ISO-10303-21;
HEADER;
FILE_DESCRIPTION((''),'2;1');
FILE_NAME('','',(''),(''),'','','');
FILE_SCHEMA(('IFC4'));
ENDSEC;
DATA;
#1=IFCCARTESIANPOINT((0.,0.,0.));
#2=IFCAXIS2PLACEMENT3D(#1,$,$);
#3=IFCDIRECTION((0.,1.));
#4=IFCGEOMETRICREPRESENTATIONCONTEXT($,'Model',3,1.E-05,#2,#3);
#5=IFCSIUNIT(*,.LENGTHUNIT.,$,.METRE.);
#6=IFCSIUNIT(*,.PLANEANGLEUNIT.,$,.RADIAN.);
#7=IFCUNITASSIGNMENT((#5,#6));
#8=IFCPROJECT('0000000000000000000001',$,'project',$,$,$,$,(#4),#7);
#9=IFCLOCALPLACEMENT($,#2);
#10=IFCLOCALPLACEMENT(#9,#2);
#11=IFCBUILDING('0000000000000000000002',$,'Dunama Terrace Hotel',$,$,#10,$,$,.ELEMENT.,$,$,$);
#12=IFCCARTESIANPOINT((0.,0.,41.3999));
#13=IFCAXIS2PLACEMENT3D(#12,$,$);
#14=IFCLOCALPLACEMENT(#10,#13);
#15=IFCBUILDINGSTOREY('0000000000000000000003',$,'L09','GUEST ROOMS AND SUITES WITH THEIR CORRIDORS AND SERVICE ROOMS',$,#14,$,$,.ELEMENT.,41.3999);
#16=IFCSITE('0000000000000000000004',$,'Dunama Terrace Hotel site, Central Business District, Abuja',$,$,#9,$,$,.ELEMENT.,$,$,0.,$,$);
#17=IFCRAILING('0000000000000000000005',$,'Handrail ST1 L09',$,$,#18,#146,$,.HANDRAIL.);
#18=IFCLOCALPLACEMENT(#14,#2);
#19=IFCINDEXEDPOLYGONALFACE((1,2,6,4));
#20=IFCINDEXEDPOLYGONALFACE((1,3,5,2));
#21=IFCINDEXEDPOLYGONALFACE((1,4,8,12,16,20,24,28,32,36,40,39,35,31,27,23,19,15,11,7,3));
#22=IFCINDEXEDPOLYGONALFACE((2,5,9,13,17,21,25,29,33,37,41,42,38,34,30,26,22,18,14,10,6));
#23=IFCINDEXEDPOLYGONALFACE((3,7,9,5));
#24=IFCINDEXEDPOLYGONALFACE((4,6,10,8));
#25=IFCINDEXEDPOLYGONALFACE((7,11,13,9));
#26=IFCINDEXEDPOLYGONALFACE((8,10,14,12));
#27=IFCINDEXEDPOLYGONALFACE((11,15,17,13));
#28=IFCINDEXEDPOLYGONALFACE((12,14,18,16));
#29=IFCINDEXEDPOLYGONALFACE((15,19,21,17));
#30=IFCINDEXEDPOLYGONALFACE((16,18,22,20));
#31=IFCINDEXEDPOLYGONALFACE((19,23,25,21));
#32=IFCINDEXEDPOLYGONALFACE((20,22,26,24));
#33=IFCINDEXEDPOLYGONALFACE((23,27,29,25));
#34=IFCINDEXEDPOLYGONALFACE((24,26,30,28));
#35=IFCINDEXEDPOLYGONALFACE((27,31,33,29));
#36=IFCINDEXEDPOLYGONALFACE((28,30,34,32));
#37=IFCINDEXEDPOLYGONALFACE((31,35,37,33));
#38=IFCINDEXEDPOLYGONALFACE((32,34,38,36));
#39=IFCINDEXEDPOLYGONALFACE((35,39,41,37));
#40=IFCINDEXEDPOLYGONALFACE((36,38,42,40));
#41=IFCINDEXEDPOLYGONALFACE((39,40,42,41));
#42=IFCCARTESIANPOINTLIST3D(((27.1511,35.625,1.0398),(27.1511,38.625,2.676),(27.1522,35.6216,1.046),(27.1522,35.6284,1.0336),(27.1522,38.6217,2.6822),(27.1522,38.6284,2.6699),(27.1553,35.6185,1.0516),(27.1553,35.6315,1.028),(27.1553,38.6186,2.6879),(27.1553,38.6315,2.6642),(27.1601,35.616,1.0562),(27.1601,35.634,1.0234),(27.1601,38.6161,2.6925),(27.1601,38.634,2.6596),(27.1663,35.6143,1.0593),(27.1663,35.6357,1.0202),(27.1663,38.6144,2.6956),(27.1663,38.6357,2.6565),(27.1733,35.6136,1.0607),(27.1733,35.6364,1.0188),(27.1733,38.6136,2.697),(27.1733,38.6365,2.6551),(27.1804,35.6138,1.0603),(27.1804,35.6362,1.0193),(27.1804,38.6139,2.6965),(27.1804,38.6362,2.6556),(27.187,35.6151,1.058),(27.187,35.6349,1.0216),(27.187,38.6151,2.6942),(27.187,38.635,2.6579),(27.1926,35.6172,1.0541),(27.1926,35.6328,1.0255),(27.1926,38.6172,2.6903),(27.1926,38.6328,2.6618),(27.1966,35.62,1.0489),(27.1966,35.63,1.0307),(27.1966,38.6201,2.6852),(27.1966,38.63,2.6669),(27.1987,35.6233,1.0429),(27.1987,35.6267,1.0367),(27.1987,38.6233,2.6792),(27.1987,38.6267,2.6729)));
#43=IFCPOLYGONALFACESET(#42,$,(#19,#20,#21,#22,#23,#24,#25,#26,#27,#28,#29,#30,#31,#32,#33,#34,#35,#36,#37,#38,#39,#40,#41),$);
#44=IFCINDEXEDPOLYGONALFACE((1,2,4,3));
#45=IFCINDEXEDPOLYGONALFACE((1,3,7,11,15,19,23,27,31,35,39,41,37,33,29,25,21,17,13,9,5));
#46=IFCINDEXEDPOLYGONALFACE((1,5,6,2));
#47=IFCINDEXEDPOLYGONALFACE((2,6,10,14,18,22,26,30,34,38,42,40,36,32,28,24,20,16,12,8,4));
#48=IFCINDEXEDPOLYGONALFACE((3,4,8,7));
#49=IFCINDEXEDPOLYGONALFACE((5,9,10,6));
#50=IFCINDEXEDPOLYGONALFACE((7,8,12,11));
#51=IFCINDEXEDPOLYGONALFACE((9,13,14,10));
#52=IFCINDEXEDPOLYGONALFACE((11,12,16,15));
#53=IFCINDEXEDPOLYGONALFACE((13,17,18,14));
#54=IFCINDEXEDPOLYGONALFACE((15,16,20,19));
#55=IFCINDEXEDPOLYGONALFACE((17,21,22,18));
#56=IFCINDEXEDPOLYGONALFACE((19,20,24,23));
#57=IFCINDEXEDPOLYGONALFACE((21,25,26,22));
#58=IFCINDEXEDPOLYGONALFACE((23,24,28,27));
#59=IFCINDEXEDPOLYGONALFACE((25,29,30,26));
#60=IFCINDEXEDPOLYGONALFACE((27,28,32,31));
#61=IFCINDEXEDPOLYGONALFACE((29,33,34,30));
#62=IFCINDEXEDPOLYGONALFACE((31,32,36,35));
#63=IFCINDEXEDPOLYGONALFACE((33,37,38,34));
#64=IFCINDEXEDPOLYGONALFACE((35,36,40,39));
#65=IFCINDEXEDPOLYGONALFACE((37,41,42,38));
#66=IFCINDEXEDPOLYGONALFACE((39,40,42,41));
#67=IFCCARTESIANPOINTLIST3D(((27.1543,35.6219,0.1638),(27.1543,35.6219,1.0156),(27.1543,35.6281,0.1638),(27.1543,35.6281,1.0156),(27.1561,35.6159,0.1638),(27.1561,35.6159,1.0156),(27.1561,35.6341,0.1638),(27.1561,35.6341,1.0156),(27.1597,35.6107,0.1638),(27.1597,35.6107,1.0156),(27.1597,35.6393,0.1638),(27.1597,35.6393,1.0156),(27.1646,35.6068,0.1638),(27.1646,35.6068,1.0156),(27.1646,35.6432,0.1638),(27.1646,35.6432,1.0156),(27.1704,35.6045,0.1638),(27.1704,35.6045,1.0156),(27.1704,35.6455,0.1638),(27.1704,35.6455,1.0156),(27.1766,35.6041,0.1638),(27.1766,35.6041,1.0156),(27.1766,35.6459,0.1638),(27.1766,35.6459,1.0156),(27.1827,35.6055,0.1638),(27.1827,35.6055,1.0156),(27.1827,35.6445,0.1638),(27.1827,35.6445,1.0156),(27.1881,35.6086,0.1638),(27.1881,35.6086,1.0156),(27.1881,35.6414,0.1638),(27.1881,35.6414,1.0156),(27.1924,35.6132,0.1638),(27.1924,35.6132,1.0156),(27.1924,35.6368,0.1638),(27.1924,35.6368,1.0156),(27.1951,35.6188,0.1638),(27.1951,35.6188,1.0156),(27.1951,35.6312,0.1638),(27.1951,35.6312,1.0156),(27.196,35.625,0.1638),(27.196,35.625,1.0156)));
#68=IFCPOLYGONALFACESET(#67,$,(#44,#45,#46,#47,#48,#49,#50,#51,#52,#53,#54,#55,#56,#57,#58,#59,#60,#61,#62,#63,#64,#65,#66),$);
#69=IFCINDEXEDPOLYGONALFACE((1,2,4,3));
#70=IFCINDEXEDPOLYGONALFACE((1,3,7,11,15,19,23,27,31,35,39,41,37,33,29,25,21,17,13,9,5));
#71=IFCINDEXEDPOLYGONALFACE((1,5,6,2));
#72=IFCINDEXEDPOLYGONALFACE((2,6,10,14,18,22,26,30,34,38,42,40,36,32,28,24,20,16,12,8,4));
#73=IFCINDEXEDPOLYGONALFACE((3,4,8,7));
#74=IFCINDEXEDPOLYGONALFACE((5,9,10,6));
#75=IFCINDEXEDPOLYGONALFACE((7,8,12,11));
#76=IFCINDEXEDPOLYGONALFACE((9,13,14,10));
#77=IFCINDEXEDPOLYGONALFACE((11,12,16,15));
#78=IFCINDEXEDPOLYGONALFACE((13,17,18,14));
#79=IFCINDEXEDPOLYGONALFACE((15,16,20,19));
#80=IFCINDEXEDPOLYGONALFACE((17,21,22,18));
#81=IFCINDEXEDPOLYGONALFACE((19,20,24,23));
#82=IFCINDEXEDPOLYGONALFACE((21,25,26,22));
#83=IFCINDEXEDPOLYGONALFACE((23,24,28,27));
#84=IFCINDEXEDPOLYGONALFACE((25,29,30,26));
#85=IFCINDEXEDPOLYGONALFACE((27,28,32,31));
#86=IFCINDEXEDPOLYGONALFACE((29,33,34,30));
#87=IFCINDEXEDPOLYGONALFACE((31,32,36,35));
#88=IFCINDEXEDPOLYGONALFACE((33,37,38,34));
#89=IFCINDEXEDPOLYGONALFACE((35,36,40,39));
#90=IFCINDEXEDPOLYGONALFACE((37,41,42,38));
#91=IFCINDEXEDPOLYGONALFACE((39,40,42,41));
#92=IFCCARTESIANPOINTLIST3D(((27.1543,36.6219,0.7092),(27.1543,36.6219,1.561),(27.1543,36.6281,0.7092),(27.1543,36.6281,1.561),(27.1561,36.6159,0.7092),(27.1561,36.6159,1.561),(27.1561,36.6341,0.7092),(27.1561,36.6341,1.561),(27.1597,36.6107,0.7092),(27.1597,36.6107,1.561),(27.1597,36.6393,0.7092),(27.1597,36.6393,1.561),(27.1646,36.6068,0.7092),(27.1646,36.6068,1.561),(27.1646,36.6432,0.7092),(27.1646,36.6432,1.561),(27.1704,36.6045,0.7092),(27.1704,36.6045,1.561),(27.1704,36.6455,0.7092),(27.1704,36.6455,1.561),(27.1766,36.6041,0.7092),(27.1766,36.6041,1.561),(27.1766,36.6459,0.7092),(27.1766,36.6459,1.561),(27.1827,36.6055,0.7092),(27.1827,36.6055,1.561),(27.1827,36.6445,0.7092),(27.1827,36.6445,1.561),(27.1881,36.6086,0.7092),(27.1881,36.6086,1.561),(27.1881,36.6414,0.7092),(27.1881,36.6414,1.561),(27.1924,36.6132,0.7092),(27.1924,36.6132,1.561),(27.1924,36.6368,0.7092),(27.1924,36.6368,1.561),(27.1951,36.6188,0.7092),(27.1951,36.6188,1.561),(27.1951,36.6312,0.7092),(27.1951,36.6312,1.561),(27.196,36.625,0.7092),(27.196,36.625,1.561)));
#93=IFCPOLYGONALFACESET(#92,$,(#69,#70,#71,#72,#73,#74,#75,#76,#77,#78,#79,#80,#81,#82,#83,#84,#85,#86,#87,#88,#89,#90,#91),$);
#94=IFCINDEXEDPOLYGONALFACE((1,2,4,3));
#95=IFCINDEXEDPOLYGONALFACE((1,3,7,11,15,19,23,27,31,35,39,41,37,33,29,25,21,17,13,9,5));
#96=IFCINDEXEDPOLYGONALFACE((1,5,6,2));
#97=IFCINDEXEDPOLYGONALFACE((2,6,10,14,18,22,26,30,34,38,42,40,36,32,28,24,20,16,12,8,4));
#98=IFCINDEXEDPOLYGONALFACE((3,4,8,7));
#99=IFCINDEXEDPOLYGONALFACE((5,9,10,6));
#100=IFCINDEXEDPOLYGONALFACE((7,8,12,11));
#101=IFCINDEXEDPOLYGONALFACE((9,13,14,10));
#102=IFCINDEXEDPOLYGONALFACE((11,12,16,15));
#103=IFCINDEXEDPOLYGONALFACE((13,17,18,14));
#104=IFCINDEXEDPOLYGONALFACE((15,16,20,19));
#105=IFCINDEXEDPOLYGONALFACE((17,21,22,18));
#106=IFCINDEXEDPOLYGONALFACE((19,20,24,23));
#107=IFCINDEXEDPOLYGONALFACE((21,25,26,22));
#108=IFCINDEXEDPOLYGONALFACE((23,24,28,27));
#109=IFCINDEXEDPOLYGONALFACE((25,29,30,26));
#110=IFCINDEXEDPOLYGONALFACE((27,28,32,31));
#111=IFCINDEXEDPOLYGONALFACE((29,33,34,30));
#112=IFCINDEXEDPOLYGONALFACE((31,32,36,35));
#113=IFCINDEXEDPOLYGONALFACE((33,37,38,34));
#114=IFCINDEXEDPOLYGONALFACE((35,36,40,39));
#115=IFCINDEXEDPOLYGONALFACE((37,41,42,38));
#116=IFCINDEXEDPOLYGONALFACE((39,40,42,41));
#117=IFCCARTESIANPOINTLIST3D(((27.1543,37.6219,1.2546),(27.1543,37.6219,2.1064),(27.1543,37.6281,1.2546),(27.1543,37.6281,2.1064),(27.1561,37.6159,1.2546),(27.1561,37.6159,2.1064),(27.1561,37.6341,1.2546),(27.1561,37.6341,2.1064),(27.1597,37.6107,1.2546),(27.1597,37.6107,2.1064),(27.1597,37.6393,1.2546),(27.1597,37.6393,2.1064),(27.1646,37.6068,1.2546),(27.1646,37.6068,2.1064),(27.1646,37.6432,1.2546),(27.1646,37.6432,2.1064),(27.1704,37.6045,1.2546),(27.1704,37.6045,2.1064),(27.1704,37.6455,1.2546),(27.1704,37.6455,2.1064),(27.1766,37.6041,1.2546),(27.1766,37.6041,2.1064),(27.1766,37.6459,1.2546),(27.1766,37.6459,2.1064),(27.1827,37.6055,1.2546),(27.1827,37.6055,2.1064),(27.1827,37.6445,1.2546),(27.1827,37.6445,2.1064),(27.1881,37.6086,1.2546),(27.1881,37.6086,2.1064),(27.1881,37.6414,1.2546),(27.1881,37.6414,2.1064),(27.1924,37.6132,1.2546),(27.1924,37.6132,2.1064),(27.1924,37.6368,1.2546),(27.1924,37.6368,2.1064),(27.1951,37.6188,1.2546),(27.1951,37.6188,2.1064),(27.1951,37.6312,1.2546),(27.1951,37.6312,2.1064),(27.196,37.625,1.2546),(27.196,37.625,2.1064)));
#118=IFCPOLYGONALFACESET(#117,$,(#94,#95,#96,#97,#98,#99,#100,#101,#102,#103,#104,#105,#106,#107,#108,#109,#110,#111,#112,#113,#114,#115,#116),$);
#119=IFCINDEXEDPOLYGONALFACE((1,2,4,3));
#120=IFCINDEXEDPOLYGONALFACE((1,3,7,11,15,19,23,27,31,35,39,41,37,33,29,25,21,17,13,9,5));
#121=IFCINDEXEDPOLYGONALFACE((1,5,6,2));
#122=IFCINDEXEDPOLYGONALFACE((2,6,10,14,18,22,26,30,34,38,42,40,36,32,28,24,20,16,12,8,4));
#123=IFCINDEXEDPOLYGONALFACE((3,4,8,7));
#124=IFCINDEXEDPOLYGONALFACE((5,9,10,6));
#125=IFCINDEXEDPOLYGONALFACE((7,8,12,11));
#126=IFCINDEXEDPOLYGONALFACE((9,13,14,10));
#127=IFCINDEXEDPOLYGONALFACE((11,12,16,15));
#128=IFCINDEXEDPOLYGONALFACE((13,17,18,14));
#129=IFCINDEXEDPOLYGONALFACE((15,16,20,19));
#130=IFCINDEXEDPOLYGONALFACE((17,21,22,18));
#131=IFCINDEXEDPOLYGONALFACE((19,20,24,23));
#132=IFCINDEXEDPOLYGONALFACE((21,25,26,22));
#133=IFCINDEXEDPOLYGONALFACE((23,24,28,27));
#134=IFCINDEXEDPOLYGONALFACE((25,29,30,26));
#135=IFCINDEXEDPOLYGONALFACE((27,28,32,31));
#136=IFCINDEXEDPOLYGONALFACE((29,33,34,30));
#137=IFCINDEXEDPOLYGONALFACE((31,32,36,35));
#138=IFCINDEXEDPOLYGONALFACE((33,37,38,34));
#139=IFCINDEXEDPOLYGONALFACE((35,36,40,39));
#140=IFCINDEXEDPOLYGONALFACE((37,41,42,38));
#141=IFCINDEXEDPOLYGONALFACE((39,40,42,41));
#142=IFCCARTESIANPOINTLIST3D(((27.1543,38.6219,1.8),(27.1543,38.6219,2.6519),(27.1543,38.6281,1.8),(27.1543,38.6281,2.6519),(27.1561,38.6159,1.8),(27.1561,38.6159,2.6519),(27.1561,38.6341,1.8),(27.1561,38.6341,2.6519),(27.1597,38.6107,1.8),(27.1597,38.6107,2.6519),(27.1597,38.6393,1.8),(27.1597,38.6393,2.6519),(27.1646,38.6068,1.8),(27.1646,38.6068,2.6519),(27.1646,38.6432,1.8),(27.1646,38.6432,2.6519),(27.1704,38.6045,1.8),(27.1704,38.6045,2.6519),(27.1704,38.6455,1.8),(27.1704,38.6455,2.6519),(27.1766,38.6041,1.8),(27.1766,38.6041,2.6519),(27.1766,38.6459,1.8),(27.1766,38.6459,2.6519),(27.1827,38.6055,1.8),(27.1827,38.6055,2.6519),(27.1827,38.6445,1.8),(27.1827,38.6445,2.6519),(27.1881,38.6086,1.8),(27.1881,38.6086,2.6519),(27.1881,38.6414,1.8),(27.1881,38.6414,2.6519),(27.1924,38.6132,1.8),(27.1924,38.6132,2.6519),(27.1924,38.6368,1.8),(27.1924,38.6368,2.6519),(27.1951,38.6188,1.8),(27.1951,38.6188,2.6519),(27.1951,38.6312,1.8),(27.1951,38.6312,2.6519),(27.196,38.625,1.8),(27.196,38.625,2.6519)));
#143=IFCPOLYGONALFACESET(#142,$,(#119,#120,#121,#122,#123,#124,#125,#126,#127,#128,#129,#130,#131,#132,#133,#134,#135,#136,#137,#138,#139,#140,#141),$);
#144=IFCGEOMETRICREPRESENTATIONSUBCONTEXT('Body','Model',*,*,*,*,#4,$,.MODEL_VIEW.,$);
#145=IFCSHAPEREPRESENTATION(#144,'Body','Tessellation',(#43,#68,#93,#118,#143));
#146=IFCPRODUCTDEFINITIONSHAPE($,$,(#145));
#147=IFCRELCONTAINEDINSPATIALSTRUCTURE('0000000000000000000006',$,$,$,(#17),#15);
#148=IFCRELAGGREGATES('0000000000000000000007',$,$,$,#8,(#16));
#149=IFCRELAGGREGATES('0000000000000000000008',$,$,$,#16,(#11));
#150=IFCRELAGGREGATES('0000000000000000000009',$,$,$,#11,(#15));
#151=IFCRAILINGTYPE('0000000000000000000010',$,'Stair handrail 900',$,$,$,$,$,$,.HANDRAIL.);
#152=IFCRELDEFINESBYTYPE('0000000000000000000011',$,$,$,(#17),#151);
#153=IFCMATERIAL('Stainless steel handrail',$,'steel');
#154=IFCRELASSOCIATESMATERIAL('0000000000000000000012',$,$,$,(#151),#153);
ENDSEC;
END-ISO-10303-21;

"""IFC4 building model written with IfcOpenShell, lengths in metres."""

from ifc_helpers import new_model, si_unit, direction, frame, origin, origin_2d, place, context, subcontext, project, spatial, circle, extrude, material, type_object, element, save


model = new_model("IFC4")

# Units and contexts
model_context = context("Model", 3, precision=1e-05, world=origin(), true_north=direction((0.0, 1.0)))
body_context = subcontext(model_context, "Body", "Model", "MODEL_VIEW")
ifc_project = project(units=[si_unit("LENGTHUNIT", "METRE"), si_unit("PLANEANGLEUNIT", "RADIAN")], contexts=[model_context])

# Site, building, storey
site_placement = place(None, origin())
site = spatial("IfcSite", under=ifc_project, at=site_placement, Name="Dunama Terrace Hotel site, Central Business District, Abuja", CompositionType="ELEMENT", RefElevation=0.0)
building_placement = place(site_placement, origin())
building = spatial("IfcBuilding", under=site, at=building_placement, Name="Dunama Terrace Hotel", CompositionType="ELEMENT")
storey_placement = place(building_placement, frame((0.0, 0.0, 41.3999)))
storey = spatial("IfcBuildingStorey", under=building, at=storey_placement, Name="L09", Description="GUEST ROOMS AND SUITES WITH THEIR CORRIDORS AND SERVICE ROOMS", CompositionType="ELEMENT", Elevation=41.3999)

# Railing
ifc_material_1 = material(Name="Stainless steel handrail", Category="steel")
railing_type = type_object("IfcRailingType", Name="Stair handrail 900", PredefinedType="HANDRAIL", material=ifc_material_1)
railing_1_placement = place(storey_placement, frame((27.175, 35.625, 0.1638)))
element("IfcRailing", 1, at=railing_1_placement, inside=storey, type_object=railing_type, Name="Handrail ST1 L09", PredefinedType="HANDRAIL", context=body_context, shape_type="SweptSolid", body=[
    extrude(circle(Radius=0.0239, at=origin_2d()), frame((0.0, 0.0, 0.876), z_axis=(0.0, 0.877912, 0.478822), x_axis=(-1.0, 0.0, 0.0)), (0.0, 0.0, 1.0), 3.4172),
    extrude(circle(Radius=0.021, at=origin_2d()), origin(), (0.0, 0.0, 1.0), 0.8518),
    extrude(circle(Radius=0.021, at=origin_2d()), frame((0.0, 1.0, 0.5454)), (0.0, 0.0, 1.0), 0.8518),
    extrude(circle(Radius=0.021, at=origin_2d()), frame((0.0, 2.0, 1.0908)), (0.0, 0.0, 1.0), 0.8518),
    extrude(circle(Radius=0.021, at=origin_2d()), frame((0.0, 3.0, 1.6362)), (0.0, 0.0, 1.0), 0.8518),
])

save(model, "model.ifc")
